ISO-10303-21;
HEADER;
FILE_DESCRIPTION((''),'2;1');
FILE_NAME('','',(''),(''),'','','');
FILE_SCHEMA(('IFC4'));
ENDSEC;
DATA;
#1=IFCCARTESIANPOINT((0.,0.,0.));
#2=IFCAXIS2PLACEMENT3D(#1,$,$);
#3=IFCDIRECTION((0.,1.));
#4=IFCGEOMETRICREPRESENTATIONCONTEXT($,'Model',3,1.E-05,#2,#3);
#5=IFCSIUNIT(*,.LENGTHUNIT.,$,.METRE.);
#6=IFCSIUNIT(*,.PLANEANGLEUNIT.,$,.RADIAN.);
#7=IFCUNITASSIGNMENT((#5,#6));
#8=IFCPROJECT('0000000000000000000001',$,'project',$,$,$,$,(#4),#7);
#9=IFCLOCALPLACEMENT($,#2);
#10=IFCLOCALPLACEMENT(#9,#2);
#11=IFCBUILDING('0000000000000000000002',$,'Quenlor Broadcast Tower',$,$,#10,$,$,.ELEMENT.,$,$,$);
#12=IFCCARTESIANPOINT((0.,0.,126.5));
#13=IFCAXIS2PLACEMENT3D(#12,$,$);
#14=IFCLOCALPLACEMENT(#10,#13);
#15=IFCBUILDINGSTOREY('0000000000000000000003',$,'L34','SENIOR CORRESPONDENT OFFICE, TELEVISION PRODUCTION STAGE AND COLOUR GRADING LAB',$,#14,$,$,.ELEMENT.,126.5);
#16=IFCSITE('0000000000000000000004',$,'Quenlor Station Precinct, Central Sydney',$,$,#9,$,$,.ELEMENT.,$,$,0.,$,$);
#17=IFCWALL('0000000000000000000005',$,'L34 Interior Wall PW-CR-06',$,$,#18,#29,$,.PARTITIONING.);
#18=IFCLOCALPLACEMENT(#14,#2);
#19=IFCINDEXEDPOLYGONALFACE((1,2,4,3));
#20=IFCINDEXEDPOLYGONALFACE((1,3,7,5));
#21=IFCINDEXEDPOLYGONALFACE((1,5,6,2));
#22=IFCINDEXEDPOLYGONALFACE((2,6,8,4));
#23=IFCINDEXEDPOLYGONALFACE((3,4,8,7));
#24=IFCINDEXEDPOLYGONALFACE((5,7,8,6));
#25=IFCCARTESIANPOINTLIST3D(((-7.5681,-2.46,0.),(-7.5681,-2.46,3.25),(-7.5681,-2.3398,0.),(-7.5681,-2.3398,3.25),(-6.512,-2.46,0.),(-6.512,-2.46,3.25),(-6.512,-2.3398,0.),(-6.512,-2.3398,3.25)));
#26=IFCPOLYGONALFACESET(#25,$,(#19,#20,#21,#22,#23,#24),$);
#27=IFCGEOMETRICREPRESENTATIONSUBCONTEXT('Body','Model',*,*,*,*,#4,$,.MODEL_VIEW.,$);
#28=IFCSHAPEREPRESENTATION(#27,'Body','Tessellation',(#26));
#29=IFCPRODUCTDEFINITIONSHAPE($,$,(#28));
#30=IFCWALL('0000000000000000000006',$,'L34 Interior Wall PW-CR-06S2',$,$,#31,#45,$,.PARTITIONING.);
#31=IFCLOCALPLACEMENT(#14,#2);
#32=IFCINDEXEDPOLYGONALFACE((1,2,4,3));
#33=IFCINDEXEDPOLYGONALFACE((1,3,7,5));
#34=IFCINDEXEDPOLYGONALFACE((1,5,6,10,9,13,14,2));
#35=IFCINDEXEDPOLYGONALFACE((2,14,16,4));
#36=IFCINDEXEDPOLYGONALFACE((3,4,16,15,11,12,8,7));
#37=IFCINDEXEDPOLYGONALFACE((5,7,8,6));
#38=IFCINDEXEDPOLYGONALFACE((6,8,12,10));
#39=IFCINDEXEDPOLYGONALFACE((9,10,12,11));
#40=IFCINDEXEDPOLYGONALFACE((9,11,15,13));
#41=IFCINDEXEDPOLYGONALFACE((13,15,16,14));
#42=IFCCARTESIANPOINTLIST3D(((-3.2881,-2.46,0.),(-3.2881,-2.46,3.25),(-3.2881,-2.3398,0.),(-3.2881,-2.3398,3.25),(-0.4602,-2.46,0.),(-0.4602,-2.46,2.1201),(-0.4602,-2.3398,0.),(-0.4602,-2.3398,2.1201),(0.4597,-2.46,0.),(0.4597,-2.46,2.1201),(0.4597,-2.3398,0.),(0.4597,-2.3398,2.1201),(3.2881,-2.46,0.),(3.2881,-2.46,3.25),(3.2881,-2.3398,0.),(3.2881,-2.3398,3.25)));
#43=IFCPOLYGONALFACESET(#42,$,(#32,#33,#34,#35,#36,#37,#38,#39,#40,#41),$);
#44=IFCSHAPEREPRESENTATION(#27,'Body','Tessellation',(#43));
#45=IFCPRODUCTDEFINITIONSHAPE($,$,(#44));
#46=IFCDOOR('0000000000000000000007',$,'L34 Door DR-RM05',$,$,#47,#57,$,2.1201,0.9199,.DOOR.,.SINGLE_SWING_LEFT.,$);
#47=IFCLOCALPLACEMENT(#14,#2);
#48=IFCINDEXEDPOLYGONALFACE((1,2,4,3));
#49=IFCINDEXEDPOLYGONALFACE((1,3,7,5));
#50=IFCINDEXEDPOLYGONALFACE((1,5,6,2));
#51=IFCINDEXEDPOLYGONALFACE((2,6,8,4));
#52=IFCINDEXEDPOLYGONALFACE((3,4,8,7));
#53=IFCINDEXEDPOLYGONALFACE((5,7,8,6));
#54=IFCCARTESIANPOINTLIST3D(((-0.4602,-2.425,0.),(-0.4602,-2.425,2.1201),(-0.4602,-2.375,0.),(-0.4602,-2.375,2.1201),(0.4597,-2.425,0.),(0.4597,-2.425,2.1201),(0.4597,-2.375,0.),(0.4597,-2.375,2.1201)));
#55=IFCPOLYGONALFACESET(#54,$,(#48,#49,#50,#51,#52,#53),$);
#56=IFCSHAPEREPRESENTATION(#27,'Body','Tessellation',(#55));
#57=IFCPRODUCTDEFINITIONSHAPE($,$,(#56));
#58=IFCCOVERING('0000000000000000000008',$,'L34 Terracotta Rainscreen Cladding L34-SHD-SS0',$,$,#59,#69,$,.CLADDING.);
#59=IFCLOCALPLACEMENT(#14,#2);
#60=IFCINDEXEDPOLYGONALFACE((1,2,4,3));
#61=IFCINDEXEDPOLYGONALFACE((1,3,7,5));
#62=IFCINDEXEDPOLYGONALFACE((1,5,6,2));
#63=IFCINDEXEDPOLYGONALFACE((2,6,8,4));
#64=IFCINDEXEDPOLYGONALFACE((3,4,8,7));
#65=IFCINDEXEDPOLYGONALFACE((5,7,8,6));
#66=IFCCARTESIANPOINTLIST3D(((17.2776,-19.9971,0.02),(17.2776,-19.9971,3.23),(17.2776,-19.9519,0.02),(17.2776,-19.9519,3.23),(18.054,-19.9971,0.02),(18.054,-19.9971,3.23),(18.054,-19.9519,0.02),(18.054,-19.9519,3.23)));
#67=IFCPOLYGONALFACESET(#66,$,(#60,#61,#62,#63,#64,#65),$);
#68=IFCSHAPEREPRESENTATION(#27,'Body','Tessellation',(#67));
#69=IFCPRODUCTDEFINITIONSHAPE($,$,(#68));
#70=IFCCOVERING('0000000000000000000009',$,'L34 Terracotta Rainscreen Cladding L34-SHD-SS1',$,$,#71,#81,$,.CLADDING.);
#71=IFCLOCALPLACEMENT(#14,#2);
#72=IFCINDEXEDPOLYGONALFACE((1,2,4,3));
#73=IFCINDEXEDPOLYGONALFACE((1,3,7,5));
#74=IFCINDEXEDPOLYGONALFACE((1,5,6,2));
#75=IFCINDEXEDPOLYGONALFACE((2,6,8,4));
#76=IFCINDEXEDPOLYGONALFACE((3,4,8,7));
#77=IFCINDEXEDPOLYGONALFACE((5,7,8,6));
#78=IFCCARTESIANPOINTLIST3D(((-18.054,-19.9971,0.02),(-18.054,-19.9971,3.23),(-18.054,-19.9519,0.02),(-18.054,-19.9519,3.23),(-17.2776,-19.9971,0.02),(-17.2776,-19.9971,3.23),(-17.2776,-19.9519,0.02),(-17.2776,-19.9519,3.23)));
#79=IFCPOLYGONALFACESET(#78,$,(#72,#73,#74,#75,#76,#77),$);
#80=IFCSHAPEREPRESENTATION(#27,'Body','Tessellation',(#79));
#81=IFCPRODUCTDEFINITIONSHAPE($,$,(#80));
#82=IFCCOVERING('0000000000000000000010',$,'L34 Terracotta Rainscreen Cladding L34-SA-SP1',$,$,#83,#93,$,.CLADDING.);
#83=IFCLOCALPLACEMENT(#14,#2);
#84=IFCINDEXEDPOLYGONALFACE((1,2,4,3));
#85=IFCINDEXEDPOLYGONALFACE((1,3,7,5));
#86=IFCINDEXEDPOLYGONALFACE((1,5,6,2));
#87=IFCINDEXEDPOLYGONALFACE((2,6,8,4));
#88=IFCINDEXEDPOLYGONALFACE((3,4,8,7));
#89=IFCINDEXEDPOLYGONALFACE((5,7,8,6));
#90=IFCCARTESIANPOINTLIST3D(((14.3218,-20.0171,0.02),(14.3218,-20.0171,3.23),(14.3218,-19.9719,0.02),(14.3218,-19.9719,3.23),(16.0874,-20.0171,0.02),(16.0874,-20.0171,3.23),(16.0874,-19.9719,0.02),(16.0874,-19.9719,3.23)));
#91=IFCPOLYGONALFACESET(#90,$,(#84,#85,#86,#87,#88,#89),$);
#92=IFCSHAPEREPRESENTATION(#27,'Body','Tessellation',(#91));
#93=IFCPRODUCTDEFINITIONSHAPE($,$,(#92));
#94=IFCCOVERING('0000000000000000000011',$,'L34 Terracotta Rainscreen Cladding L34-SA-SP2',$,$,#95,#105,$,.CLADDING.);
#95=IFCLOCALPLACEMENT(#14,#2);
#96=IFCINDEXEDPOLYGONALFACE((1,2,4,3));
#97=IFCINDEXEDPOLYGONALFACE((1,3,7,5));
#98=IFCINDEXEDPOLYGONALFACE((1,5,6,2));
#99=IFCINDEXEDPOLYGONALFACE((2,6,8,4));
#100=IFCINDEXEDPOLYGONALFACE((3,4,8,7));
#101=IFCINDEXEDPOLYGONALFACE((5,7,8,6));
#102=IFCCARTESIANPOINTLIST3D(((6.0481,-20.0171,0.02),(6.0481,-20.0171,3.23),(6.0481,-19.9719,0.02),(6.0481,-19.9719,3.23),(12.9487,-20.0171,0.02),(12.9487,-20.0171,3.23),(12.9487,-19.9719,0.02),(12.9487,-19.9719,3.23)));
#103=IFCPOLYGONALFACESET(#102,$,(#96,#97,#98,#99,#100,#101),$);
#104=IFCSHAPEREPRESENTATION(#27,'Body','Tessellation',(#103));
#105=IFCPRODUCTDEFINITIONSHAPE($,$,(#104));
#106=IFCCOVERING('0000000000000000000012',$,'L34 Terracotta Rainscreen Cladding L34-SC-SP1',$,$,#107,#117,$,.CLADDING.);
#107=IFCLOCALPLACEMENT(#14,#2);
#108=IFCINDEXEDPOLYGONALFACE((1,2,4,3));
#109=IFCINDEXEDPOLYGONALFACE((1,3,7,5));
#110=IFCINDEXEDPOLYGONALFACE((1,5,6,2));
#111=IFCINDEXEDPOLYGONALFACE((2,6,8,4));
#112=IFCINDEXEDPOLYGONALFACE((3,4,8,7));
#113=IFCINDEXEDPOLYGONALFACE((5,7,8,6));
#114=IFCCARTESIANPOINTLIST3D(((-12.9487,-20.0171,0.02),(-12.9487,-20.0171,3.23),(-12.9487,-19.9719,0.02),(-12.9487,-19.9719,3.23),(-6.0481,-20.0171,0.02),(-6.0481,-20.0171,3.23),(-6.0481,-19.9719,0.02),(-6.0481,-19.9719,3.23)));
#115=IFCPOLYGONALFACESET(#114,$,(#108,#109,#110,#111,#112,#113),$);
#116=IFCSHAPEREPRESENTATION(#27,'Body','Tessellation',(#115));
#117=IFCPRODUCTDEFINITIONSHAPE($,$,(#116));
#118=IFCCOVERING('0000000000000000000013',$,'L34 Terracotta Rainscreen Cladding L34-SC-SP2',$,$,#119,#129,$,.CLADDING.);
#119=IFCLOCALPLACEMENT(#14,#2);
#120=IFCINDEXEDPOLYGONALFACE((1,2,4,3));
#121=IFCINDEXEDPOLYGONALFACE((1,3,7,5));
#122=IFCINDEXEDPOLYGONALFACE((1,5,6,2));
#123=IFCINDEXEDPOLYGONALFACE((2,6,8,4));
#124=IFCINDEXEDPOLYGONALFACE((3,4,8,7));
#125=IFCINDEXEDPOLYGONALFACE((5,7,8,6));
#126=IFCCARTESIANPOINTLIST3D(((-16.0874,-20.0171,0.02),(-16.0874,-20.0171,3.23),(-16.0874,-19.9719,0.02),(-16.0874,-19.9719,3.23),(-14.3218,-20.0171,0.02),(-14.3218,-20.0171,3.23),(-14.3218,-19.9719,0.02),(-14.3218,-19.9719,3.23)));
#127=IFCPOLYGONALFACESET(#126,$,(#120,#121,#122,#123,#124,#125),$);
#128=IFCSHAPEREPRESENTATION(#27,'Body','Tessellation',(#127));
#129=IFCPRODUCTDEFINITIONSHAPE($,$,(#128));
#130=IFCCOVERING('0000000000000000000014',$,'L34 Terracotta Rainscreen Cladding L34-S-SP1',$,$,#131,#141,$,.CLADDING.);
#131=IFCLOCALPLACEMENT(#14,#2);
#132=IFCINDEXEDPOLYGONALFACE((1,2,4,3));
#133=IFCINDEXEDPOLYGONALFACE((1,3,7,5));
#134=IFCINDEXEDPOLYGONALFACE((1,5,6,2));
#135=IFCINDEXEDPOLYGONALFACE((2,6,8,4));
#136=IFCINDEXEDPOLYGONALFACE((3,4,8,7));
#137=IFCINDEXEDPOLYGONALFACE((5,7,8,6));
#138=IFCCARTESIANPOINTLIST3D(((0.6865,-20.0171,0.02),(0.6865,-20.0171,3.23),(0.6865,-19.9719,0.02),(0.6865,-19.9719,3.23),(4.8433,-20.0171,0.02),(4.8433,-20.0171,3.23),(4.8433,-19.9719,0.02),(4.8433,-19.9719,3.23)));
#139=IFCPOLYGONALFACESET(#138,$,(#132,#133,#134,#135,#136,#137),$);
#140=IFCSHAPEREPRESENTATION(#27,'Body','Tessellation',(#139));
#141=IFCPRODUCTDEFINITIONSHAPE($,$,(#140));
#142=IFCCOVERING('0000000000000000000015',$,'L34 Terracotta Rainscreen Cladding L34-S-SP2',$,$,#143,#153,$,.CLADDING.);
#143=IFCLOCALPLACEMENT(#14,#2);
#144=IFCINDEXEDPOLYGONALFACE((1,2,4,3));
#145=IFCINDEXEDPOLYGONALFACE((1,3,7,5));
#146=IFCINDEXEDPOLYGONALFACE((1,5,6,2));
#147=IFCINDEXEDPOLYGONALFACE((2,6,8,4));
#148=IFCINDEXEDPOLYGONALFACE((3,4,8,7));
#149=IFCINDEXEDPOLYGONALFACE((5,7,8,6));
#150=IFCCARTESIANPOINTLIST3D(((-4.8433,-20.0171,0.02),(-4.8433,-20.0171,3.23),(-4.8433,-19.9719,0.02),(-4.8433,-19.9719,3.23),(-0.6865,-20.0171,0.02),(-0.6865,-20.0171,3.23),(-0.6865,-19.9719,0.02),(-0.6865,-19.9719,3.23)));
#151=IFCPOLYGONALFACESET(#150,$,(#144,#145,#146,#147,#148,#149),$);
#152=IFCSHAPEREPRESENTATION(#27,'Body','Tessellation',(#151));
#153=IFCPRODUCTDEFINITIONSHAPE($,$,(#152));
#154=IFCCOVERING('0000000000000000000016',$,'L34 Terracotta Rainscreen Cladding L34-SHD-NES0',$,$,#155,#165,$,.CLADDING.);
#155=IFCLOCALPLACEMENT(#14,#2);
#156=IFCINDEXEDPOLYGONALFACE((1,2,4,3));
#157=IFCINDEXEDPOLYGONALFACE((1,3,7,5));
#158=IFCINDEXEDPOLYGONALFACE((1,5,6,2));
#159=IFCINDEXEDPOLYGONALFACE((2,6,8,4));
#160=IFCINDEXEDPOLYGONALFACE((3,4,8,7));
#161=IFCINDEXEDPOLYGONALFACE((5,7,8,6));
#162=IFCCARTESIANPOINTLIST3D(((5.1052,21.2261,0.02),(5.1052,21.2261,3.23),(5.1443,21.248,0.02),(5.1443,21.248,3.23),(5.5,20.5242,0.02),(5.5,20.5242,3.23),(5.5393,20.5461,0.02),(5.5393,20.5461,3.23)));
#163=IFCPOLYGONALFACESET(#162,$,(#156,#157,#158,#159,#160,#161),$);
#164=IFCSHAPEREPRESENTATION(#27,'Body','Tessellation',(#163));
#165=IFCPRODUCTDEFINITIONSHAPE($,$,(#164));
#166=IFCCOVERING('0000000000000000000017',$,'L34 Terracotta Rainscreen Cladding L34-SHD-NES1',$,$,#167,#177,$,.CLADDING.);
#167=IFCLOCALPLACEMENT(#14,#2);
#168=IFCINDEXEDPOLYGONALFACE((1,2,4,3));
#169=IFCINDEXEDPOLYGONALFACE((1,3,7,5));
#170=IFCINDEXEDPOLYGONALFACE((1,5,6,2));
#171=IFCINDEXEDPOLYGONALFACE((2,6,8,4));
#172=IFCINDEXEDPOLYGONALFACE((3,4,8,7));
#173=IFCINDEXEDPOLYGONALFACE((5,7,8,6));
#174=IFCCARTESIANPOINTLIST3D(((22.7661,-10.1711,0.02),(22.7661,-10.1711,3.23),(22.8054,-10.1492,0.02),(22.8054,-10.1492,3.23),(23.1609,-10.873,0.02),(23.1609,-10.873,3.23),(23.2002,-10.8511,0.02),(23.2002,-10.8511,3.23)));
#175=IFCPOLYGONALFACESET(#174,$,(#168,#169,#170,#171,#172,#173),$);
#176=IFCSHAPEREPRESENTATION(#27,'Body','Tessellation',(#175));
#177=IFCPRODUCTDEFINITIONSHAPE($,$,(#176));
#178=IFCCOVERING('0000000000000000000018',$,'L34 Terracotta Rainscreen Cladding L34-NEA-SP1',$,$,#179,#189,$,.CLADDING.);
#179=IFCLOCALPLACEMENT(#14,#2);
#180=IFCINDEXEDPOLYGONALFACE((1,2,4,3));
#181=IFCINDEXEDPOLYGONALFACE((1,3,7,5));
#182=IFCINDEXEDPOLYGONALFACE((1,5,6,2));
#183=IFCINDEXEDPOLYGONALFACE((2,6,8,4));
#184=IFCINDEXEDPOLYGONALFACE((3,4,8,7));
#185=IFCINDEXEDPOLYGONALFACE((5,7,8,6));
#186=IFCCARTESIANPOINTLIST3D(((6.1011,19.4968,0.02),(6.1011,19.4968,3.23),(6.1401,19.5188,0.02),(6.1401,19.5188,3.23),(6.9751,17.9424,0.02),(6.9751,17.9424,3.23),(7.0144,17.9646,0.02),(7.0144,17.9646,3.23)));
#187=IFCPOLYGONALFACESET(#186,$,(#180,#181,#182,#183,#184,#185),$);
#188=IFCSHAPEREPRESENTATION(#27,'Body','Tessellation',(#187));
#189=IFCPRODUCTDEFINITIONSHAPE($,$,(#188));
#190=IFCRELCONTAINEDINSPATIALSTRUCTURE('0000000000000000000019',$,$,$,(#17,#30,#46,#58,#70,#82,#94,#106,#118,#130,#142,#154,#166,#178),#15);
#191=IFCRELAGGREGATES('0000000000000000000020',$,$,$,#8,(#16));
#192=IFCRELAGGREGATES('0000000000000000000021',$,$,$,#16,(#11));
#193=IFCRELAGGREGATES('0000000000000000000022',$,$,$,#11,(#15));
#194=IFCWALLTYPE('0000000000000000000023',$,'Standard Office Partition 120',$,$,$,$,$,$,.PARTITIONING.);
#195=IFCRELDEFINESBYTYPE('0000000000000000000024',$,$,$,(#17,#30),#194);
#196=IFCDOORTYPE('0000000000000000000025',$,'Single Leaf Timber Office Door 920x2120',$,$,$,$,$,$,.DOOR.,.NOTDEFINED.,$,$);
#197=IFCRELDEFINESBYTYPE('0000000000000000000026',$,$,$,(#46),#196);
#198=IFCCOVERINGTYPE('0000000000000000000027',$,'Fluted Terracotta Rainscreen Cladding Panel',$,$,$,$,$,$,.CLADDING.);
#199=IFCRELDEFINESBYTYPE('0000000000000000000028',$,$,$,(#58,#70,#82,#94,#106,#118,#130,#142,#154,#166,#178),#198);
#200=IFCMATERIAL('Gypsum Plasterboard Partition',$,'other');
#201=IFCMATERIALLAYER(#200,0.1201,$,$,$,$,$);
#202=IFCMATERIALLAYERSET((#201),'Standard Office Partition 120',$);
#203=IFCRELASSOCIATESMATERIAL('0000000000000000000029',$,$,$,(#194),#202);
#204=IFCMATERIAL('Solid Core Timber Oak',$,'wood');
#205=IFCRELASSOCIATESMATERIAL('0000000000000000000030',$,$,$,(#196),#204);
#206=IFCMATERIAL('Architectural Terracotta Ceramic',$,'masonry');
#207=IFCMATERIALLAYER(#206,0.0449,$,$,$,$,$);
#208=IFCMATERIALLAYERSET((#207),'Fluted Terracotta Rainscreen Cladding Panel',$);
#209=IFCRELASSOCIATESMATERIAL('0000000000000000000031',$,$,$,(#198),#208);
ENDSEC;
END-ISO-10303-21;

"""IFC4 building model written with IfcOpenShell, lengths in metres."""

from ifc_helpers import new_model, si_unit, direction, frame, frame_2d, origin, place, context, subcontext, project, spatial, polyline, rectangle, outline, extrude, material, layer, layer_set, type_object, element, fill, save


model = new_model("IFC4")

# Units and contexts
model_context = context("Model", 3, precision=1e-05, world=origin(), true_north=direction((0.0, 1.0)))
body_context = subcontext(model_context, "Body", "Model", "MODEL_VIEW")
ifc_project = project(units=[si_unit("LENGTHUNIT", "METRE"), si_unit("PLANEANGLEUNIT", "RADIAN")], contexts=[model_context])

# Site, building, storey
site_placement = place(None, origin())
site = spatial("IfcSite", under=ifc_project, at=site_placement, Name="Quenlor Station Precinct, Central Sydney", CompositionType="ELEMENT", RefElevation=0.0)
building_placement = place(site_placement, origin())
building = spatial("IfcBuilding", under=site, at=building_placement, Name="Quenlor Broadcast Tower", CompositionType="ELEMENT")
storey_placement = place(building_placement, frame((0.0, 0.0, 126.5)))
storey = spatial("IfcBuildingStorey", under=building, at=storey_placement, Name="L34", Description="SENIOR CORRESPONDENT OFFICE, TELEVISION PRODUCTION STAGE AND COLOUR GRADING LAB", CompositionType="ELEMENT", Elevation=126.5)

# Wall
ifc_material_1 = material(Name="Gypsum Plasterboard Partition", Category="other")
ifc_layer_1 = layer(ifc_material_1, 0.1201)
ifc_layer_set_1 = layer_set([ifc_layer_1], Name="Standard Office Partition 120")
wall_type = type_object("IfcWallType", Name="Standard Office Partition 120", PredefinedType="PARTITIONING", material=ifc_layer_set_1)
wall_1_placement = place(storey_placement, frame((-7.5681, -2.3999, 0.0), z_axis=(0.0, 0.0, 1.0), x_axis=(1.0, 0.0, 0.0)))
element("IfcWall", 1, at=wall_1_placement, inside=storey, type_object=wall_type, Name="L34 Interior Wall PW-CR-06", PredefinedType="PARTITIONING", context=body_context, shape_type="SweptSolid", body=[
    extrude(rectangle(XDim=1.0562, YDim=0.1201, at=frame_2d((0.5281, 0.0))), origin(), (0.0, 0.0, 1.0), 3.25),
])

# Wall, opening, door
wall_2_placement = place(storey_placement, frame((-3.2881, -2.3999, 0.0), z_axis=(0.0, 0.0, 1.0), x_axis=(1.0, 0.0, 0.0)))
wall_2 = element("IfcWall", 2, at=wall_2_placement, inside=storey, type_object=wall_type, Name="L34 Interior Wall PW-CR-06S2", PredefinedType="PARTITIONING", context=body_context, shape_type="SweptSolid", body=[
    extrude(rectangle(XDim=6.5762, YDim=0.1201, at=frame_2d((3.2881, 0.0))), origin(), (0.0, 0.0, 1.0), 3.25),
])
opening_placement = place(wall_2_placement, frame((2.8279, 0.0, 0.0)))
opening = element("IfcOpeningElement", 3, at=opening_placement, cuts=wall_2, PredefinedType="OPENING", context=body_context, shape_type="SweptSolid", body=[
    extrude(rectangle(XDim=0.9199, YDim=2.1201, at=frame_2d((0.46, 1.0601))), frame((0.0, 0.0701, 0.0), z_axis=(0.0, -1.0, 0.0), x_axis=(1.0, 0.0, 0.0)), (0.0, 0.0, 1.0), 0.1401),
])
ifc_material_2 = material(Name="Solid Core Timber Oak", Category="wood")
door_type = type_object("IfcDoorType", Name="Single Leaf Timber Office Door 920x2120", OperationType="NOTDEFINED", PredefinedType="DOOR", material=ifc_material_2)
door_placement = place(opening_placement, origin())
door = element("IfcDoor", 4, at=door_placement, inside=storey, type_object=door_type, Name="L34 Door DR-RM05", OperationType="SINGLE_SWING_LEFT", OverallHeight=2.1201, OverallWidth=0.9199, PredefinedType="DOOR", context=body_context, shape_type="SweptSolid", body=[
    extrude(rectangle(XDim=0.9199, YDim=2.1201, at=frame_2d((0.46, 1.0601))), frame((0.0, 0.0249, 0.0), z_axis=(0.0, -1.0, 0.0), x_axis=(1.0, 0.0, 0.0)), (0.0, 0.0, 1.0), 0.05),
])
fill(opening, door)

# Coverings
ifc_material_3 = material(Name="Architectural Terracotta Ceramic", Category="masonry")
ifc_layer_2 = layer(ifc_material_3, 0.0449)
ifc_layer_set_2 = layer_set([ifc_layer_2], Name="Fluted Terracotta Rainscreen Cladding Panel")
covering_type = type_object("IfcCoveringType", Name="Fluted Terracotta Rainscreen Cladding Panel", PredefinedType="CLADDING", material=ifc_layer_set_2)
covering_1_placement = place(storey_placement, frame((0.0, 0.0, 0.02)))
element("IfcCovering", 5, at=covering_1_placement, inside=storey, type_object=covering_type, Name="L34 Terracotta Rainscreen Cladding L34-SHD-SS0", PredefinedType="CLADDING", context=body_context, shape_type="SweptSolid", body=[
    extrude(outline(polyline([(18.054, -19.9519), (17.2776, -19.9519), (17.2776, -19.9971), (18.054, -19.9971), (18.054, -19.9519)])), origin(), (0.0, 0.0, 1.0), 3.21),
])
covering_2_placement = place(storey_placement, frame((0.0, 0.0, 0.02)))
element("IfcCovering", 6, at=covering_2_placement, inside=storey, type_object=covering_type, Name="L34 Terracotta Rainscreen Cladding L34-SHD-SS1", PredefinedType="CLADDING", context=body_context, shape_type="SweptSolid", body=[
    extrude(outline(polyline([(-17.2776, -19.9519), (-18.054, -19.9519), (-18.054, -19.9971), (-17.2776, -19.9971), (-17.2776, -19.9519)])), origin(), (0.0, 0.0, 1.0), 3.21),
])
covering_3_placement = place(storey_placement, frame((0.0, 0.0, 0.02)))
element("IfcCovering", 7, at=covering_3_placement, inside=storey, type_object=covering_type, Name="L34 Terracotta Rainscreen Cladding L34-SA-SP1", PredefinedType="CLADDING", context=body_context, shape_type="SweptSolid", body=[
    extrude(outline(polyline([(16.0874, -19.9719), (14.3218, -19.9719), (14.3218, -20.0171), (16.0874, -20.0171), (16.0874, -19.9719)])), origin(), (0.0, 0.0, 1.0), 3.21),
])
covering_4_placement = place(storey_placement, frame((0.0, 0.0, 0.02)))
element("IfcCovering", 8, at=covering_4_placement, inside=storey, type_object=covering_type, Name="L34 Terracotta Rainscreen Cladding L34-SA-SP2", PredefinedType="CLADDING", context=body_context, shape_type="SweptSolid", body=[
    extrude(outline(polyline([(12.9487, -19.9719), (6.0481, -19.9719), (6.0481, -20.0171), (12.9487, -20.0171), (12.9487, -19.9719)])), origin(), (0.0, 0.0, 1.0), 3.21),
])
covering_5_placement = place(storey_placement, frame((0.0, 0.0, 0.02)))
element("IfcCovering", 9, at=covering_5_placement, inside=storey, type_object=covering_type, Name="L34 Terracotta Rainscreen Cladding L34-SC-SP1", PredefinedType="CLADDING", context=body_context, shape_type="SweptSolid", body=[
    extrude(outline(polyline([(-6.0481, -19.9719), (-12.9487, -19.9719), (-12.9487, -20.0171), (-6.0481, -20.0171), (-6.0481, -19.9719)])), origin(), (0.0, 0.0, 1.0), 3.21),
])
covering_6_placement = place(storey_placement, frame((0.0, 0.0, 0.02)))
element("IfcCovering", 10, at=covering_6_placement, inside=storey, type_object=covering_type, Name="L34 Terracotta Rainscreen Cladding L34-SC-SP2", PredefinedType="CLADDING", context=body_context, shape_type="SweptSolid", body=[
    extrude(outline(polyline([(-14.3218, -19.9719), (-16.0874, -19.9719), (-16.0874, -20.0171), (-14.3218, -20.0171), (-14.3218, -19.9719)])), origin(), (0.0, 0.0, 1.0), 3.21),
])
covering_7_placement = place(storey_placement, frame((0.0, 0.0, 0.02)))
element("IfcCovering", 11, at=covering_7_placement, inside=storey, type_object=covering_type, Name="L34 Terracotta Rainscreen Cladding L34-S-SP1", PredefinedType="CLADDING", context=body_context, shape_type="SweptSolid", body=[
    extrude(outline(polyline([(4.8433, -19.9719), (0.6865, -19.9719), (0.6865, -20.0171), (4.8433, -20.0171), (4.8433, -19.9719)])), origin(), (0.0, 0.0, 1.0), 3.21),
])
covering_8_placement = place(storey_placement, frame((0.0, 0.0, 0.02)))
element("IfcCovering", 12, at=covering_8_placement, inside=storey, type_object=covering_type, Name="L34 Terracotta Rainscreen Cladding L34-S-SP2", PredefinedType="CLADDING", context=body_context, shape_type="SweptSolid", body=[
    extrude(outline(polyline([(-0.6865, -19.9719), (-4.8433, -19.9719), (-4.8433, -20.0171), (-0.6865, -20.0171), (-0.6865, -19.9719)])), origin(), (0.0, 0.0, 1.0), 3.21),
])
covering_9_placement = place(storey_placement, frame((0.0, 0.0, 0.02)))
element("IfcCovering", 13, at=covering_9_placement, inside=storey, type_object=covering_type, Name="L34 Terracotta Rainscreen Cladding L34-SHD-NES0", PredefinedType="CLADDING", context=body_context, shape_type="SweptSolid", body=[
    extrude(outline(polyline([(5.1052, 21.2261), (5.5, 20.5242), (5.5393, 20.5461), (5.1443, 21.248), (5.1052, 21.2261)])), origin(), (0.0, 0.0, 1.0), 3.21),
])
covering_10_placement = place(storey_placement, frame((0.0, 0.0, 0.02)))
element("IfcCovering", 14, at=covering_10_placement, inside=storey, type_object=covering_type, Name="L34 Terracotta Rainscreen Cladding L34-SHD-NES1", PredefinedType="CLADDING", context=body_context, shape_type="SweptSolid", body=[
    extrude(outline(polyline([(22.7661, -10.1711), (23.1609, -10.873), (23.2002, -10.8511), (22.8054, -10.1492), (22.7661, -10.1711)])), origin(), (0.0, 0.0, 1.0), 3.21),
])
covering_11_placement = place(storey_placement, frame((0.0, 0.0, 0.02)))
element("IfcCovering", 15, at=covering_11_placement, inside=storey, type_object=covering_type, Name="L34 Terracotta Rainscreen Cladding L34-NEA-SP1", PredefinedType="CLADDING", context=body_context, shape_type="SweptSolid", body=[
    extrude(outline(polyline([(6.1011, 19.4968), (6.9751, 17.9424), (7.0144, 17.9646), (6.1401, 19.5188), (6.1011, 19.4968)])), origin(), (0.0, 0.0, 1.0), 3.21),
])

save(model, "model.ifc")
